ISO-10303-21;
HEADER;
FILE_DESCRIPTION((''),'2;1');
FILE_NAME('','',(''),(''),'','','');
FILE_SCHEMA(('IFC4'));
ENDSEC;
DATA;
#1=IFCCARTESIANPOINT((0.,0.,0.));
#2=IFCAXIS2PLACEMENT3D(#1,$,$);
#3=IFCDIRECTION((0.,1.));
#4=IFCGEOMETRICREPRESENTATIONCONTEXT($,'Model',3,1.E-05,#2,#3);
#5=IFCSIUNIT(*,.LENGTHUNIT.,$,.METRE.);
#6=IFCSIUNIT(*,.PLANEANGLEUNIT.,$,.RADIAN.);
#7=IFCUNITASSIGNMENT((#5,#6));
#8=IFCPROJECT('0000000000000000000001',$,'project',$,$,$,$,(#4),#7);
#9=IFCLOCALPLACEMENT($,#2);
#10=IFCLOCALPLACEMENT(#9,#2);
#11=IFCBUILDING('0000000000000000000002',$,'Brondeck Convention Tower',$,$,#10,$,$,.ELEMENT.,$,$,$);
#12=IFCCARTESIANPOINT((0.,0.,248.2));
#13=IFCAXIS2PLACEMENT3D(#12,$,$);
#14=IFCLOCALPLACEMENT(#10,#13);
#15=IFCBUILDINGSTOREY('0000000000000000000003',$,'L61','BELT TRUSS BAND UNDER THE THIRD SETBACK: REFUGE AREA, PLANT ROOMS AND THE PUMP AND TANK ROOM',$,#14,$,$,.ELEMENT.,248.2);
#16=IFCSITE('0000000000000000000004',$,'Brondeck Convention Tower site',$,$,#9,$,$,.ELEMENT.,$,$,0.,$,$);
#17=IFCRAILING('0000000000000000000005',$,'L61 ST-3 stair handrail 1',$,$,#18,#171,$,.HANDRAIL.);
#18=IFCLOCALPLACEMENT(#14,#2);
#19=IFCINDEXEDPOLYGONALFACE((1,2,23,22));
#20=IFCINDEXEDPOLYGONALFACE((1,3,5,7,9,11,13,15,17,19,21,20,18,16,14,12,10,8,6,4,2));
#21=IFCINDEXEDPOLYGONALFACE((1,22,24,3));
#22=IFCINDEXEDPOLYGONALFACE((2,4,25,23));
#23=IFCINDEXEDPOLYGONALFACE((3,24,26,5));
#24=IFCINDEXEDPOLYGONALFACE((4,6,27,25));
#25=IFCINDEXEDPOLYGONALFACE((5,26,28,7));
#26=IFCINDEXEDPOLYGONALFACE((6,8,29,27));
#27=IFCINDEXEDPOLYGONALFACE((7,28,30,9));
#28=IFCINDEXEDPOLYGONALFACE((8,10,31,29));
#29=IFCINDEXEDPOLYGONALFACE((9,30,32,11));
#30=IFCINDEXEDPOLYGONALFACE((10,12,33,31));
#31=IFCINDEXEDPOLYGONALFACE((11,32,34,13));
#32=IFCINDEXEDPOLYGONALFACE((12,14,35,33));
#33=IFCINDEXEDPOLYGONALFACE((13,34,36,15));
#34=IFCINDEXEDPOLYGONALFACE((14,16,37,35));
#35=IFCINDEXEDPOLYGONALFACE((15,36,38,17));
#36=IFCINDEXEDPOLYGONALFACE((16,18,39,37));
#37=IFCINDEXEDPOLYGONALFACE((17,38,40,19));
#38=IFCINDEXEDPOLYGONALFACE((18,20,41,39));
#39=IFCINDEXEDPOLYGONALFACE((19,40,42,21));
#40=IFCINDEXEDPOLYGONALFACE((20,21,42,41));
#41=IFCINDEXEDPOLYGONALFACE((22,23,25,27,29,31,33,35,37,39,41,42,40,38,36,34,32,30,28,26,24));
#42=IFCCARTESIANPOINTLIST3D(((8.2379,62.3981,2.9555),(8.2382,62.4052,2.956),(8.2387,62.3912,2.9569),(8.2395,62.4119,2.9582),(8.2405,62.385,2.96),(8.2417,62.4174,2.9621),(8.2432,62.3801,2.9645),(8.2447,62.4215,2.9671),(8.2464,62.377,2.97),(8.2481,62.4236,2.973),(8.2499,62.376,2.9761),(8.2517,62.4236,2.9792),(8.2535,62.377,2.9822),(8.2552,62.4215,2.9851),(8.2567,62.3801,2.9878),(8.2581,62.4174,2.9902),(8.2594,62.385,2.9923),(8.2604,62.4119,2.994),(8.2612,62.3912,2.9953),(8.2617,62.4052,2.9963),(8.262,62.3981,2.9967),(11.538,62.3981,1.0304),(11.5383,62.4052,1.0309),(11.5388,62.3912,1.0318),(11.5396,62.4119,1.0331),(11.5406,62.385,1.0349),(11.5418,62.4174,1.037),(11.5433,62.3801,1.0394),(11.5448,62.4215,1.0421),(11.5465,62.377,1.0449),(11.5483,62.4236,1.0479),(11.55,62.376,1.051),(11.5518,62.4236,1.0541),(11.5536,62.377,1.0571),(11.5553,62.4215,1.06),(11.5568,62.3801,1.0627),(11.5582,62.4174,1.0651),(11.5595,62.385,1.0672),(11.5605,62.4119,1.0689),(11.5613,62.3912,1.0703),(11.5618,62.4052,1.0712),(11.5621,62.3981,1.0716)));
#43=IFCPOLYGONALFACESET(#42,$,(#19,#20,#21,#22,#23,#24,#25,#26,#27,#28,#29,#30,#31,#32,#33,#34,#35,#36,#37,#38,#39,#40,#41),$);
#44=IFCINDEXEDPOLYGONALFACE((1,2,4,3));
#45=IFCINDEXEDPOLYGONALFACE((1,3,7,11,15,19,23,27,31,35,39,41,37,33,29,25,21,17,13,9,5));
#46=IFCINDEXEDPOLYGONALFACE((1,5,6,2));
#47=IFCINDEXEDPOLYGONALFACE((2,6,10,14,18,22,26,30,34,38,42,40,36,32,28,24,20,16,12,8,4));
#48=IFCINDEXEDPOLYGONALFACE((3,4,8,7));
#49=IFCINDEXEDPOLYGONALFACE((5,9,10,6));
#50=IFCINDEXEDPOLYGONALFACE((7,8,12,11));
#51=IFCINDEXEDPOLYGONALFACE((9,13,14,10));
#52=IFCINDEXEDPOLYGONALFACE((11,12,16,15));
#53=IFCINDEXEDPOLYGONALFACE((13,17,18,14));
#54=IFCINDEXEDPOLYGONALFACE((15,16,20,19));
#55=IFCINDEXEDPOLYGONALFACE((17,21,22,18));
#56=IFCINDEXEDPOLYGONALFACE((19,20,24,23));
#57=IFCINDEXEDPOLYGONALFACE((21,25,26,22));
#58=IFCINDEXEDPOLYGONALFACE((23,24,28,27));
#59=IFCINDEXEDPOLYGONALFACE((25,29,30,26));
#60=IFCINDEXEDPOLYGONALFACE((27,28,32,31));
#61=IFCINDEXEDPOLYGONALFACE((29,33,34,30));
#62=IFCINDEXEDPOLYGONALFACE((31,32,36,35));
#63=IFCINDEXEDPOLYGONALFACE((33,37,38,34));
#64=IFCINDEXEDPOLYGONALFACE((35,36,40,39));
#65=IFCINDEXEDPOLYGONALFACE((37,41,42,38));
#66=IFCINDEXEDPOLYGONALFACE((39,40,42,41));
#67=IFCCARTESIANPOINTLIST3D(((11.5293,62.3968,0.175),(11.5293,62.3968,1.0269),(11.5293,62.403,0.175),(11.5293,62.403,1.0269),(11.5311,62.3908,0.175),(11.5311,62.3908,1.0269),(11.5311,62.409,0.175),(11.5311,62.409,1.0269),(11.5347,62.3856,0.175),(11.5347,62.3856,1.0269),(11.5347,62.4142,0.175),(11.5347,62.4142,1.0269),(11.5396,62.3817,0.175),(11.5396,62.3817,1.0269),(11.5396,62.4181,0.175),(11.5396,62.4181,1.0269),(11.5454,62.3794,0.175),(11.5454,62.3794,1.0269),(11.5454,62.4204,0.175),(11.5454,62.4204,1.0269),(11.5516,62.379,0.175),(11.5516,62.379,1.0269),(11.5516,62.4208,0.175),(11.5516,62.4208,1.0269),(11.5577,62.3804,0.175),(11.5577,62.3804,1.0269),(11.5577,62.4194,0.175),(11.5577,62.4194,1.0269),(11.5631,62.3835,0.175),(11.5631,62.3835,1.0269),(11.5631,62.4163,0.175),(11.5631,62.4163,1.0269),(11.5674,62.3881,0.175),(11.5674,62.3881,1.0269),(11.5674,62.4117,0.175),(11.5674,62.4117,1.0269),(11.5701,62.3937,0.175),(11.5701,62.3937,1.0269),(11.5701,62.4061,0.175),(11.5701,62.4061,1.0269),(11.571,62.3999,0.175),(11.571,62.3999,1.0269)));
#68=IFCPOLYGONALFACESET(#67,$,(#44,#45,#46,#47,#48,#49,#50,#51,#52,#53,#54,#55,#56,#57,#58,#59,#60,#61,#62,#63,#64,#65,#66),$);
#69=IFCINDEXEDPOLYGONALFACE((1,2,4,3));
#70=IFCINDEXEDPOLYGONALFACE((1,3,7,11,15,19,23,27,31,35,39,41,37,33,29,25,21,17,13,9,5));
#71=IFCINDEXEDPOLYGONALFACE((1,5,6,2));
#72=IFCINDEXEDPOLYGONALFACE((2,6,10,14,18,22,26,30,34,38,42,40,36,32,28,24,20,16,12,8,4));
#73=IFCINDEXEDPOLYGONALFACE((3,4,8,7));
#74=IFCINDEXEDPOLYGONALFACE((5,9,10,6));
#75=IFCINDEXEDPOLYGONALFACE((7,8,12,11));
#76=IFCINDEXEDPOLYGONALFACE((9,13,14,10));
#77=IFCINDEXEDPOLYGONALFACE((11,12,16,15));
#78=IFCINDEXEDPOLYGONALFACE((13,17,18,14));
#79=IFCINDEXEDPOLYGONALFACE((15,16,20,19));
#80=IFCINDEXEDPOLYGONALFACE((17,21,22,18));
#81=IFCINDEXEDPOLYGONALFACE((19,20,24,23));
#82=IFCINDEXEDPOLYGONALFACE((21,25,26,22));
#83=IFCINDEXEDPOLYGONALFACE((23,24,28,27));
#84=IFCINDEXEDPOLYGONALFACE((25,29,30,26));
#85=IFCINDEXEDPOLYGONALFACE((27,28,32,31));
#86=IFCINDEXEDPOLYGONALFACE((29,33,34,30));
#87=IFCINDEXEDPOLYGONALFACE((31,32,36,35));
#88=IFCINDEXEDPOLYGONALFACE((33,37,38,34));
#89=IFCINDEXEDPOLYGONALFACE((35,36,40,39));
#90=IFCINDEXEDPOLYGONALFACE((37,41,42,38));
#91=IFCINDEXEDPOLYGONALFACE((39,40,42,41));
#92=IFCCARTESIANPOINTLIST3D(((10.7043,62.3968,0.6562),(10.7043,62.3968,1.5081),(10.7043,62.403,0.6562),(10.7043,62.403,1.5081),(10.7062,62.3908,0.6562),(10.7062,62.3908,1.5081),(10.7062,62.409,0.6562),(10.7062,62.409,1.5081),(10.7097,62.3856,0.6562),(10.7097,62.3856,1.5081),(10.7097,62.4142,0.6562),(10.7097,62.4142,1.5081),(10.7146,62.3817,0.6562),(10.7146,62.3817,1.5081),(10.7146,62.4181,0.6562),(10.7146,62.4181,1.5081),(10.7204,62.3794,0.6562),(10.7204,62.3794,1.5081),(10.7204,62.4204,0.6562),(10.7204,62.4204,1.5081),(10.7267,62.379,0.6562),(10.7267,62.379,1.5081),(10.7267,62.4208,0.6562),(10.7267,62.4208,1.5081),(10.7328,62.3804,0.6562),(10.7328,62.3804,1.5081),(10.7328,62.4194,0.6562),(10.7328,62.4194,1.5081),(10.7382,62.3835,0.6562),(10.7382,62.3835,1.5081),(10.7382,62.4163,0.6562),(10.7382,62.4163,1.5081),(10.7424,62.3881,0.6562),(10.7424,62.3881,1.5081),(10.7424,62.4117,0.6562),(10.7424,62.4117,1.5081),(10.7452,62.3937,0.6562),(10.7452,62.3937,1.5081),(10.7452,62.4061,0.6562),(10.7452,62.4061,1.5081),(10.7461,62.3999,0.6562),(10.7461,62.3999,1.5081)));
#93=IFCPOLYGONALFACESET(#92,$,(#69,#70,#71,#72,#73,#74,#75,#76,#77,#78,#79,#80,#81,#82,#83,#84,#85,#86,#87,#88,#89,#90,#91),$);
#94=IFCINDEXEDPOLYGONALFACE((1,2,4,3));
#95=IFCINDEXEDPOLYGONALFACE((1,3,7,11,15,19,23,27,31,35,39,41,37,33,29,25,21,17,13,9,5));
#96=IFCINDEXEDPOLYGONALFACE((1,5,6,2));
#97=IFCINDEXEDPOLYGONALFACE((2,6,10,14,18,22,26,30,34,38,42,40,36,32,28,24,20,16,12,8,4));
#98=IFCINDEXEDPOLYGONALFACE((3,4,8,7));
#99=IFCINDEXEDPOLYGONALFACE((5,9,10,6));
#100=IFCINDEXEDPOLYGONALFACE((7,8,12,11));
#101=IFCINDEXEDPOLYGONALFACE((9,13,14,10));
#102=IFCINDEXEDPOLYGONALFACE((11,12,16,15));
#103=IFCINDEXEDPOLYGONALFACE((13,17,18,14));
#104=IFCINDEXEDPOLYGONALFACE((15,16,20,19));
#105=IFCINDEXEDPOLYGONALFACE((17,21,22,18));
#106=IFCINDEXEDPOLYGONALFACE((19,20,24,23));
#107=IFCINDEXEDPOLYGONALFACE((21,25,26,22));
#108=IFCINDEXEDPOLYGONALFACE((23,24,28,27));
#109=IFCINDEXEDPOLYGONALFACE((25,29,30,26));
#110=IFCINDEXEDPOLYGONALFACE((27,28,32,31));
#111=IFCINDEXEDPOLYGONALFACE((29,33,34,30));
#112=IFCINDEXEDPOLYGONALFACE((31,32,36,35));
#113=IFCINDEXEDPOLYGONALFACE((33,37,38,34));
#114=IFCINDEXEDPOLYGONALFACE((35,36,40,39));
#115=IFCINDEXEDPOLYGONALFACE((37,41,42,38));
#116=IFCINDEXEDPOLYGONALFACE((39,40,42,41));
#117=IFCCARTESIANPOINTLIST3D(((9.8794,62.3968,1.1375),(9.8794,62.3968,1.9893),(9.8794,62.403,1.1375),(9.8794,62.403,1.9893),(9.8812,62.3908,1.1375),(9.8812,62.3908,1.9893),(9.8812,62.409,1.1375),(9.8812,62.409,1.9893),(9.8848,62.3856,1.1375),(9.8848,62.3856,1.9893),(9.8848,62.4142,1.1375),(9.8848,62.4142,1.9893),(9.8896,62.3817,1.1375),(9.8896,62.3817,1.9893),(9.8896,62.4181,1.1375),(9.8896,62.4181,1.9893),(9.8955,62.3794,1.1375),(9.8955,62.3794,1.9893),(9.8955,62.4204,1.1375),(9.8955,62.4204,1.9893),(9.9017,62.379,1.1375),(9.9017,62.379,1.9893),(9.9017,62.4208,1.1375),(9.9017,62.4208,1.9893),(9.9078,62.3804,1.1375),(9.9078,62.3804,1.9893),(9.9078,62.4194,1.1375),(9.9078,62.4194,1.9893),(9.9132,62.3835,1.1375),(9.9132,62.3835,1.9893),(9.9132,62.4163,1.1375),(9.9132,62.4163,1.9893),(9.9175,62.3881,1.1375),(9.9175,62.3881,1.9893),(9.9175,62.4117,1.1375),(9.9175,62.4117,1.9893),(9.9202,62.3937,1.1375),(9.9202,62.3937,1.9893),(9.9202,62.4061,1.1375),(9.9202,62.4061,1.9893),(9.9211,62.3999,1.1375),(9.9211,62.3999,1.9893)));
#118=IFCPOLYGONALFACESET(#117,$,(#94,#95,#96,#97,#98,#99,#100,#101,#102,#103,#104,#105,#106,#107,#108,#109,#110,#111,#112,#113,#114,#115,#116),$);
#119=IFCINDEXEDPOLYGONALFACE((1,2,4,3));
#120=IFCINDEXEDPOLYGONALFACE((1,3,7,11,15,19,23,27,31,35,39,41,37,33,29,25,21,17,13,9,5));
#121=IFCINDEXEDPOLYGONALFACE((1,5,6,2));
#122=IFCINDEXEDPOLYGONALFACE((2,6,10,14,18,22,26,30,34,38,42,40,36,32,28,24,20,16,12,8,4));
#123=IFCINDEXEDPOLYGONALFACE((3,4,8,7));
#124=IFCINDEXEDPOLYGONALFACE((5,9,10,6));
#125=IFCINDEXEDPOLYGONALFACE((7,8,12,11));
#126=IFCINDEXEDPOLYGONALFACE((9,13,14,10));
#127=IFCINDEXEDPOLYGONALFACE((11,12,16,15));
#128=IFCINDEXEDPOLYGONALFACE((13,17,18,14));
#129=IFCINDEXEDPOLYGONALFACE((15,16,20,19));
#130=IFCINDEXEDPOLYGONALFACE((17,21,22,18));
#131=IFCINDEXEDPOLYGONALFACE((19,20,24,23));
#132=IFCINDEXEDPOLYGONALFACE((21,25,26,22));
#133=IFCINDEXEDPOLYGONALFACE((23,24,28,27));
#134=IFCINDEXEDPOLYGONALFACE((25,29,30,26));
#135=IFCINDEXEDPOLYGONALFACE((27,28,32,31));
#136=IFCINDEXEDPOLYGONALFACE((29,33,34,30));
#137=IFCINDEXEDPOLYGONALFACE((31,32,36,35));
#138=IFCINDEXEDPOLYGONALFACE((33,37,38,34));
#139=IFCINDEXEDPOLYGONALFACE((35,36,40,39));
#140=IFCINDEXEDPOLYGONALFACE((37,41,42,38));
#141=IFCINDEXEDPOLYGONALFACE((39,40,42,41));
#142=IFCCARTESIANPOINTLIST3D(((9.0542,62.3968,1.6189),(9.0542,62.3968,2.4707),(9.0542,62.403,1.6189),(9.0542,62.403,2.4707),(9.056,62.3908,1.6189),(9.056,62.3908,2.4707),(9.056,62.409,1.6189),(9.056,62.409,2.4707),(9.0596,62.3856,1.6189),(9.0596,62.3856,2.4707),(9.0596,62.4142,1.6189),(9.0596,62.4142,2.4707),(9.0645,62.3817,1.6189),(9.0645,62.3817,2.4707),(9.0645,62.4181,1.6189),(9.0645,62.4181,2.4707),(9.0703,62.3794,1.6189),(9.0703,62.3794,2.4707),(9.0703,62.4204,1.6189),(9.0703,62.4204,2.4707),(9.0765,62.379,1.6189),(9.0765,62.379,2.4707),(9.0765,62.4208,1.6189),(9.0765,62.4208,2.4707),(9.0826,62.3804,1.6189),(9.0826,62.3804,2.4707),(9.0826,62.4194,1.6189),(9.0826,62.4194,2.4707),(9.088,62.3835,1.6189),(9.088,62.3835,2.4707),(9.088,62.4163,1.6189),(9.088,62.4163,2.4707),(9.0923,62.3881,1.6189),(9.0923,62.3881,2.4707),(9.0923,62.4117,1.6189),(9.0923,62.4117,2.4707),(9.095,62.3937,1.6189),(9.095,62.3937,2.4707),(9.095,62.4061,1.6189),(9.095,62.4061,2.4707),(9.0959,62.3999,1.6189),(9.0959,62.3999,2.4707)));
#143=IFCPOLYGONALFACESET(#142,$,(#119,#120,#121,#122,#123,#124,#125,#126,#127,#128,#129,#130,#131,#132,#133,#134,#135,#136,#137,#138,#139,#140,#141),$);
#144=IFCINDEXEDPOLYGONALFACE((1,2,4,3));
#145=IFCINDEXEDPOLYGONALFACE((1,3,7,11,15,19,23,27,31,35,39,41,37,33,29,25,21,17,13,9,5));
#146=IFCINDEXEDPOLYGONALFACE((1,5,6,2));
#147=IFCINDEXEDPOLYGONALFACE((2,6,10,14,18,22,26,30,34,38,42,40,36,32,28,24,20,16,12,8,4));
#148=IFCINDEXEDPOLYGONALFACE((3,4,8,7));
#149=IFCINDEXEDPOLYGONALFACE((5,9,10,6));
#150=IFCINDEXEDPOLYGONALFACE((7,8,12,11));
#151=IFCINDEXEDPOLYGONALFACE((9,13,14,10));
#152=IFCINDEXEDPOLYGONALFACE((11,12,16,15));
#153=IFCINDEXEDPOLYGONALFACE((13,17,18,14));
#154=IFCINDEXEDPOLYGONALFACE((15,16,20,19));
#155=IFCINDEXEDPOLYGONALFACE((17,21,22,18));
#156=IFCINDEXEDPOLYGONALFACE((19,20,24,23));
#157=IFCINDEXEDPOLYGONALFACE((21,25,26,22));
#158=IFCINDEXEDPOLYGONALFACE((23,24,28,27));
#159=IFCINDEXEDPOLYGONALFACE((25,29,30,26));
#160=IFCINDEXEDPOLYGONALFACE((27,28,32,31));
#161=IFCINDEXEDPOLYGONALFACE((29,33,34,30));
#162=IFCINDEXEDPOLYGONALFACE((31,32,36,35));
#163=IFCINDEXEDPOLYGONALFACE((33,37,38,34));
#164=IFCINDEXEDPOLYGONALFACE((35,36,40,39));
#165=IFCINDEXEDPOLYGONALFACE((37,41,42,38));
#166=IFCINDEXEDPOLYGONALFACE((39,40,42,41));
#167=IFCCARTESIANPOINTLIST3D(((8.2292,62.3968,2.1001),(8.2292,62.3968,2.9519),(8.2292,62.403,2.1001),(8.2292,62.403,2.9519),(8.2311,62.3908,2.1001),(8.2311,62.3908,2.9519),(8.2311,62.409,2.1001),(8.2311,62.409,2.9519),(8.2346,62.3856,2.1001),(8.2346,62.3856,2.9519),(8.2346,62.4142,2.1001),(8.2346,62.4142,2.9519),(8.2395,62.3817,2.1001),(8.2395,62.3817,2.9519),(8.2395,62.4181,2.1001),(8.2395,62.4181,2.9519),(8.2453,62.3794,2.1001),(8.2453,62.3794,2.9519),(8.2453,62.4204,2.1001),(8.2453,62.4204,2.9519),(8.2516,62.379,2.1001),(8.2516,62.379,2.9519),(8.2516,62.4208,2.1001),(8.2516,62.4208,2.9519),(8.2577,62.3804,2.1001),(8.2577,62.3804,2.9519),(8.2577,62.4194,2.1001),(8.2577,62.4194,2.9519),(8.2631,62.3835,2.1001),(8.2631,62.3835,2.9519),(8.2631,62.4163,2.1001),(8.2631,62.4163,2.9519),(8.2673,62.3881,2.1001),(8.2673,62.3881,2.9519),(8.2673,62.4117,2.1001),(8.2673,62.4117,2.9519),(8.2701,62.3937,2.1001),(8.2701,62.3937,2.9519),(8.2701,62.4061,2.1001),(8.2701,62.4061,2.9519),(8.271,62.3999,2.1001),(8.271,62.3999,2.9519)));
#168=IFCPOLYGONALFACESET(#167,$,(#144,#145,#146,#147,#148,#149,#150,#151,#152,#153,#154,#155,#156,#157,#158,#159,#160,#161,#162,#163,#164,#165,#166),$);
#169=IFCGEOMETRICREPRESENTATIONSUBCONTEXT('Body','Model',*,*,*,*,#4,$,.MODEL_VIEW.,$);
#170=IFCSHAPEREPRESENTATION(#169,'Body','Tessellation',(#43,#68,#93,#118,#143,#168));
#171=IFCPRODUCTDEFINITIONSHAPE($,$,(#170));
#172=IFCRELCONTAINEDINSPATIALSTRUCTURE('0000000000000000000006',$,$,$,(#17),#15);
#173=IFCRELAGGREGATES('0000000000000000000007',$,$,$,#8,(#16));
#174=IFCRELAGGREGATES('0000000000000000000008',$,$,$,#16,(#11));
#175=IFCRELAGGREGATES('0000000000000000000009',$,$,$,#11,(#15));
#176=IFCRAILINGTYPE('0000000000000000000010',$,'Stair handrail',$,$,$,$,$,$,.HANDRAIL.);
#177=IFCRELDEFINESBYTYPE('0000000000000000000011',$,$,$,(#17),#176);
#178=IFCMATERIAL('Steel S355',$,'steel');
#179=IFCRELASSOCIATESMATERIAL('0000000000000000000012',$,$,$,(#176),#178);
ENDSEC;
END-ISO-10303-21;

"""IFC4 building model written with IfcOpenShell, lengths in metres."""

from ifc_helpers import new_model, si_unit, direction, frame, origin, origin_2d, place, context, subcontext, project, spatial, circle, extrude, material, type_object, element, save


model = new_model("IFC4")

# Units and contexts
model_context = context("Model", 3, precision=1e-05, world=origin(), true_north=direction((0.0, 1.0)))
body_context = subcontext(model_context, "Body", "Model", "MODEL_VIEW")
ifc_project = project(units=[si_unit("LENGTHUNIT", "METRE"), si_unit("PLANEANGLEUNIT", "RADIAN")], contexts=[model_context])

# Site, building, storey
site_placement = place(None, origin())
site = spatial("IfcSite", under=ifc_project, at=site_placement, Name="Brondeck Convention Tower site", CompositionType="ELEMENT", RefElevation=0.0)
building_placement = place(site_placement, origin())
building = spatial("IfcBuilding", under=site, at=building_placement, Name="Brondeck Convention Tower", CompositionType="ELEMENT")
storey_placement = place(building_placement, frame((0.0, 0.0, 248.2)))
storey = spatial("IfcBuildingStorey", under=building, at=storey_placement, Name="L61", Description="BELT TRUSS BAND UNDER THE THIRD SETBACK: REFUGE AREA, PLANT ROOMS AND THE PUMP AND TANK ROOM", CompositionType="ELEMENT", Elevation=248.2)

# Railing
ifc_material_1 = material(Name="Steel S355", Category="steel")
railing_type_1 = type_object("IfcRailingType", Name="Stair handrail", PredefinedType="HANDRAIL", material=ifc_material_1)
railing_1_placement = place(storey_placement, frame((11.55, 62.3999, 0.175)))
element("IfcRailing", 1, at=railing_1_placement, inside=storey, type_object=railing_type_1, Name="L61 ST-3 stair handrail 1", PredefinedType="HANDRAIL", context=body_context, shape_type="SweptSolid", body=[
    extrude(circle(Radius=0.0239, at=origin_2d()), frame((0.0, 0.0, 0.876), z_axis=(-0.863777, 0.0, 0.503875), x_axis=(0.0, -1.0, 0.0)), (0.0, 0.0, 1.0), 3.8206),
    extrude(circle(Radius=0.021, at=origin_2d()), origin(), (0.0, 0.0, 1.0), 0.8518),
    extrude(circle(Radius=0.021, at=origin_2d()), frame((-0.825, 0.0, 0.4812)), (0.0, 0.0, 1.0), 0.8518),
    extrude(circle(Radius=0.021, at=origin_2d()), frame((-1.6499, 0.0, 0.9624)), (0.0, 0.0, 1.0), 0.8518),
    extrude(circle(Radius=0.021, at=origin_2d()), frame((-2.4751, 0.0, 1.4438)), (0.0, 0.0, 1.0), 0.8518),
    extrude(circle(Radius=0.021, at=origin_2d()), frame((-3.3, 0.0, 1.925)), (0.0, 0.0, 1.0), 0.8518),
])

save(model, "model.ifc")
